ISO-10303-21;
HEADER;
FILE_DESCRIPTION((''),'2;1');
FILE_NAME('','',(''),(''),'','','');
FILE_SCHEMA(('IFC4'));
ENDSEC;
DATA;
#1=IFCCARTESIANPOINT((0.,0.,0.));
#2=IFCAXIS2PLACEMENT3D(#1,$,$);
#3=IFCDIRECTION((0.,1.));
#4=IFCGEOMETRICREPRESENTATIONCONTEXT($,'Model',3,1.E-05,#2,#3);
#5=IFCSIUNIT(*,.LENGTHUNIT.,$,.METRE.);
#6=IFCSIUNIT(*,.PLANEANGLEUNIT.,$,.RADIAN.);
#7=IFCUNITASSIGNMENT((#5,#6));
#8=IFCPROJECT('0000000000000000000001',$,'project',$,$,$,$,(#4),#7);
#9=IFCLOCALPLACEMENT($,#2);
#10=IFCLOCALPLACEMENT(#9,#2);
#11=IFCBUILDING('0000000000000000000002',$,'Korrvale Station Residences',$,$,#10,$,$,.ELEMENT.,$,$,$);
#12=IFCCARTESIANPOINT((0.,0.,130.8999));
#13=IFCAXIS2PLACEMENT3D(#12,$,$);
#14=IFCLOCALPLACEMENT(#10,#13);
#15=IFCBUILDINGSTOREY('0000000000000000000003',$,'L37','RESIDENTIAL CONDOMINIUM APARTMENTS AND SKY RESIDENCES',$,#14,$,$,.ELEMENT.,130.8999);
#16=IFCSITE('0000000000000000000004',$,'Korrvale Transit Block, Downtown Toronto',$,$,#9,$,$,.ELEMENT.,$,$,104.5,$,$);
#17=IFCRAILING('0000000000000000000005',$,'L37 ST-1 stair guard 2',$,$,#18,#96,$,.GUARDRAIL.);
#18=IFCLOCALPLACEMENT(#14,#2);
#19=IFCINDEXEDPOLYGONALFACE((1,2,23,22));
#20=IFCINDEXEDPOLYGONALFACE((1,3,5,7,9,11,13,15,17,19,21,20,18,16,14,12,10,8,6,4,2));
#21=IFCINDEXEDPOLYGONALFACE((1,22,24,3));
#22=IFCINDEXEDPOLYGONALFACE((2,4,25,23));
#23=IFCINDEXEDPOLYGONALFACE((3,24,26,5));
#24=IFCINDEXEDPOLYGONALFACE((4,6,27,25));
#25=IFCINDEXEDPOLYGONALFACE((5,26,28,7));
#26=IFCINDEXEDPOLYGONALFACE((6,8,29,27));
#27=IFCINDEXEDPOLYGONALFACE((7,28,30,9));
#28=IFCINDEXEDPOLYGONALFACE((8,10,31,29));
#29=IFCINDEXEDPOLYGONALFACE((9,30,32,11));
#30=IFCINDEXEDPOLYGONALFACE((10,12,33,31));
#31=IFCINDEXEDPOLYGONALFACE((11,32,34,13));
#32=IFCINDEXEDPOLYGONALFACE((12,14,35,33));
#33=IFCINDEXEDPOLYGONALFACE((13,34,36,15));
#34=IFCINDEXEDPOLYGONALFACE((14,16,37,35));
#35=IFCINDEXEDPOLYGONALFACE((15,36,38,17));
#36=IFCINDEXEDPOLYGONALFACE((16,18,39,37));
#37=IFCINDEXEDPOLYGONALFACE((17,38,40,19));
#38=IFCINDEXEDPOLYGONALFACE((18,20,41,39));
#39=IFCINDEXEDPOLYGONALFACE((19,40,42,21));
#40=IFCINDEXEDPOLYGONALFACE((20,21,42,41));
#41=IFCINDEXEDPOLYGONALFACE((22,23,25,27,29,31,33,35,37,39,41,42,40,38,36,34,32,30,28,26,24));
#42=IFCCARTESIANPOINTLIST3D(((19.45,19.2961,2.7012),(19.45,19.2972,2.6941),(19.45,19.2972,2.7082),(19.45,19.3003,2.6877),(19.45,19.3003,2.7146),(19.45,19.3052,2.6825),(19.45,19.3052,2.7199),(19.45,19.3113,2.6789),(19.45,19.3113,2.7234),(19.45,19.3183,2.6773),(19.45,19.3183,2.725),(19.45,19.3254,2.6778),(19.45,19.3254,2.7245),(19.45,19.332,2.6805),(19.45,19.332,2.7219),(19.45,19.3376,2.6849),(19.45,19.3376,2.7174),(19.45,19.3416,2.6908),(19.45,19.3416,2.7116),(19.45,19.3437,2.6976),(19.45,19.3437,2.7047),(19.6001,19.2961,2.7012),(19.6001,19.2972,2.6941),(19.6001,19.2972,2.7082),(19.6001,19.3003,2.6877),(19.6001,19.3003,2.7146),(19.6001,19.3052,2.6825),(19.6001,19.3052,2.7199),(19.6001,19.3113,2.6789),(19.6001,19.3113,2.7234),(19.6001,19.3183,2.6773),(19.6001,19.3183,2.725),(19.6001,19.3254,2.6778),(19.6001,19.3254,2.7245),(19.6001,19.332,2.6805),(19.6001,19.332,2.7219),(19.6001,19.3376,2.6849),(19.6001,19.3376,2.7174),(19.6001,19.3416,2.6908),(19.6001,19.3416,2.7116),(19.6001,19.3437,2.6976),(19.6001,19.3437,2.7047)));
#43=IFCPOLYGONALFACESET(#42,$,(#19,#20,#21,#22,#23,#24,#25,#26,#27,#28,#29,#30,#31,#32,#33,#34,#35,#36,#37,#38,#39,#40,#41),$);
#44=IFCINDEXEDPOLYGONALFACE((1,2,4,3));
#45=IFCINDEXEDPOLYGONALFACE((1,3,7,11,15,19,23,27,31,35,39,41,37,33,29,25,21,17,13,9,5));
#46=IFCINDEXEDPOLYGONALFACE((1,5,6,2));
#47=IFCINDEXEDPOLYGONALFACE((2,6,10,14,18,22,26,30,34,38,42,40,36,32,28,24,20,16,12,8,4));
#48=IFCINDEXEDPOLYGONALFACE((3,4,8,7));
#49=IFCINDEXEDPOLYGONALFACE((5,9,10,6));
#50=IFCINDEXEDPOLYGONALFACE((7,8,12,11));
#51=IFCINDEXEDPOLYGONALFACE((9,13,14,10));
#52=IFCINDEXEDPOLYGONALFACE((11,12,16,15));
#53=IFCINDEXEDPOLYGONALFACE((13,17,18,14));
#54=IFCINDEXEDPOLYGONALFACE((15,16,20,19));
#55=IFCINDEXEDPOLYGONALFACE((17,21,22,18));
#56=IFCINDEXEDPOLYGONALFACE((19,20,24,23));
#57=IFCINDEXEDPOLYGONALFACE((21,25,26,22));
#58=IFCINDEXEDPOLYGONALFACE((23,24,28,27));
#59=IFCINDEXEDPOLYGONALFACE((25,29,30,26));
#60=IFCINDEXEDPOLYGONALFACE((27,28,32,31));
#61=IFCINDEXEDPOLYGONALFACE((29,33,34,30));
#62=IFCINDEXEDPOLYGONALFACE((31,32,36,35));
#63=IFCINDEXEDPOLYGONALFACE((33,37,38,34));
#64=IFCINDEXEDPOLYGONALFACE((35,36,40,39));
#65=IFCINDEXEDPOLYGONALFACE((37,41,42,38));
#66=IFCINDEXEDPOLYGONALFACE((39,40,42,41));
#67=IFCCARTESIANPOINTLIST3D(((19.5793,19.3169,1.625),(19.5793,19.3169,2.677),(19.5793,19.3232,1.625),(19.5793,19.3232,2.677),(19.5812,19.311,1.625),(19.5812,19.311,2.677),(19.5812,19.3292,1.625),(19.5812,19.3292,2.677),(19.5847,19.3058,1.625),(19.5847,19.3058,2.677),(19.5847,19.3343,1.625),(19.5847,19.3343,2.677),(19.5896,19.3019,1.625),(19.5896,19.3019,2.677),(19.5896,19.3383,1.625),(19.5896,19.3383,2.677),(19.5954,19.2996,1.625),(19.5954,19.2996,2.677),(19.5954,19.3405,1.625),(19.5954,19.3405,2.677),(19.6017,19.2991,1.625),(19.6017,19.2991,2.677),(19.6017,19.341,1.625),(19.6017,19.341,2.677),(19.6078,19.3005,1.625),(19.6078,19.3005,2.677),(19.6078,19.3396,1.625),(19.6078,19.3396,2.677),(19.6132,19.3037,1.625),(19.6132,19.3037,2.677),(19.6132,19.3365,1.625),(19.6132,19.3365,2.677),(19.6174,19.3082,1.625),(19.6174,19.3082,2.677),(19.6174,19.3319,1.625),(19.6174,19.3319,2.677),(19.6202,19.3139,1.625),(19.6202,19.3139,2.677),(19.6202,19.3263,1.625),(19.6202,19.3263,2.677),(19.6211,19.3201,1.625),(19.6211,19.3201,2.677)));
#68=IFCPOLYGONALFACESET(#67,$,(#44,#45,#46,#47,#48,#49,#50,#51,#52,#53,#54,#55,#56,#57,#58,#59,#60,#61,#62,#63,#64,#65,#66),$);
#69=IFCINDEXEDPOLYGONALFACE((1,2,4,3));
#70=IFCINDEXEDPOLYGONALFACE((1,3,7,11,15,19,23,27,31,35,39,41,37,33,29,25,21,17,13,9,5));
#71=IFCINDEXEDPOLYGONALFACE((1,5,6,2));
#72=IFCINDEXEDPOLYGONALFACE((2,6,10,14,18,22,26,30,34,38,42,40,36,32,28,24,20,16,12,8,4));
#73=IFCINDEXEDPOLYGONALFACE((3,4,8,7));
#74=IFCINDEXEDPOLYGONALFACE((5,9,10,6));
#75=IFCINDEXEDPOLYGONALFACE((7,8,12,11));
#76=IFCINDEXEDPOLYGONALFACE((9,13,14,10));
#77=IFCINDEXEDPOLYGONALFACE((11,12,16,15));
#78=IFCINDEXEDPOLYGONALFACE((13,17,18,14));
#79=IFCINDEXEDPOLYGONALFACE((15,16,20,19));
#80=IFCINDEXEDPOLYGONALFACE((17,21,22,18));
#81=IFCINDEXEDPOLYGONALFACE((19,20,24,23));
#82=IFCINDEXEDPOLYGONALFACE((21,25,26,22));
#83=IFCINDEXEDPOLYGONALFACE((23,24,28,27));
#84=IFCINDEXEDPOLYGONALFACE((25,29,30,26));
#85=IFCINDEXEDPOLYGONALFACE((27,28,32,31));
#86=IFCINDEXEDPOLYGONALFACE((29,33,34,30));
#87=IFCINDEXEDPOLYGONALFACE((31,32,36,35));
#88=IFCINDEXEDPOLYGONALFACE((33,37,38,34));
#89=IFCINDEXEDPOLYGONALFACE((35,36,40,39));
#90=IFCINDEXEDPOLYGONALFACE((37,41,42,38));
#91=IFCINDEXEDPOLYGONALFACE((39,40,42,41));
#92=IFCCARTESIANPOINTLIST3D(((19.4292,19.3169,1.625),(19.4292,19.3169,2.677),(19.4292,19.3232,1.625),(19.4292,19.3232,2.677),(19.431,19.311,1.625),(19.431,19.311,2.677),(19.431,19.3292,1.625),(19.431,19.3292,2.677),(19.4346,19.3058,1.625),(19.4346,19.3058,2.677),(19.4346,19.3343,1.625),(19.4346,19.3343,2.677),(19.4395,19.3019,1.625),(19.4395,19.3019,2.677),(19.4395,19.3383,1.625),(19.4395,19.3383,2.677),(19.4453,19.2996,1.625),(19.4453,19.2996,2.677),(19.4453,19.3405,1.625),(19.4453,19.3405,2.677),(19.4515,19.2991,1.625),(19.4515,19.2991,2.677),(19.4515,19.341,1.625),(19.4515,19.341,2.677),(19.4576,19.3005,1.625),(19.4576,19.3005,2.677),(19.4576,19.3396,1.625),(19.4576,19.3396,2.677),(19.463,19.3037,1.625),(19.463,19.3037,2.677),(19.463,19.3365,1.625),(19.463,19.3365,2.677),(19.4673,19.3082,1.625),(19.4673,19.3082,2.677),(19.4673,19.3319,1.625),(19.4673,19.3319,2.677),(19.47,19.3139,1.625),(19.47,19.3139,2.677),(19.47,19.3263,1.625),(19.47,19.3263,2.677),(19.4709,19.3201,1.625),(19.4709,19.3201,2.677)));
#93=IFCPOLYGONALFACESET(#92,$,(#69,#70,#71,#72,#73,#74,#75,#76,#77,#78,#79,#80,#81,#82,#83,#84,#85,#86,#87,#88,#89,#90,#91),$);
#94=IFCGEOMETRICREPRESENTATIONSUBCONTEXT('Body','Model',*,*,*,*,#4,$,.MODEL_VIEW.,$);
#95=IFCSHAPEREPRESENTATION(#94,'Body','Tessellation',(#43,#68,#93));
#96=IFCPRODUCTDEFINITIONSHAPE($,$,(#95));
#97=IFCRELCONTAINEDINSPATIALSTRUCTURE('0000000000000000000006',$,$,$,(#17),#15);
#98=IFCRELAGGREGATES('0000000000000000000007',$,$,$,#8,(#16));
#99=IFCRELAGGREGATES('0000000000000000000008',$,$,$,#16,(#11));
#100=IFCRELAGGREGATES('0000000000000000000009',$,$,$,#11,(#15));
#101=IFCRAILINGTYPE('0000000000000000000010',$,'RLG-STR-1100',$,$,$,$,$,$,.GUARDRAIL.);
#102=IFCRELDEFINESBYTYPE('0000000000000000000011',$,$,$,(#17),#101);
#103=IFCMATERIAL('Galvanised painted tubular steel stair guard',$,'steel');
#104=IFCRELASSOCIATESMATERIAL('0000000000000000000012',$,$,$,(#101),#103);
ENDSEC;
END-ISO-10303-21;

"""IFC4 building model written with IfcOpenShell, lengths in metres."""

from ifc_helpers import new_model, si_unit, direction, frame, origin, origin_2d, place, context, subcontext, project, spatial, circle, extrude, material, type_object, element, save


model = new_model("IFC4")

# Units and contexts
model_context = context("Model", 3, precision=1e-05, world=origin(), true_north=direction((0.0, 1.0)))
body_context = subcontext(model_context, "Body", "Model", "MODEL_VIEW")
ifc_project = project(units=[si_unit("LENGTHUNIT", "METRE"), si_unit("PLANEANGLEUNIT", "RADIAN")], contexts=[model_context])

# Site, building, storey
site_placement = place(None, origin())
site = spatial("IfcSite", under=ifc_project, at=site_placement, Name="Korrvale Transit Block, Downtown Toronto", CompositionType="ELEMENT", RefElevation=104.5)
building_placement = place(site_placement, origin())
building = spatial("IfcBuilding", under=site, at=building_placement, Name="Korrvale Station Residences", CompositionType="ELEMENT")
storey_placement = place(building_placement, frame((0.0, 0.0, 130.8999)))
storey = spatial("IfcBuildingStorey", under=building, at=storey_placement, Name="L37", Description="RESIDENTIAL CONDOMINIUM APARTMENTS AND SKY RESIDENCES", CompositionType="ELEMENT", Elevation=130.8999)

# Railing
ifc_material_1 = material(Name="Galvanised painted tubular steel stair guard", Category="steel")
railing_type_1 = type_object("IfcRailingType", Name="RLG-STR-1100", PredefinedType="GUARDRAIL", material=ifc_material_1)
railing_1_placement = place(storey_placement, frame((19.6001, 19.3201, 1.625)))
element("IfcRailing", 1, at=railing_1_placement, inside=storey, type_object=railing_type_1, Name="L37 ST-1 stair guard 2", PredefinedType="GUARDRAIL", context=body_context, shape_type="SweptSolid", body=[
    extrude(circle(Radius=0.0239, at=origin_2d()), frame((0.0, 0.0, 1.0762), z_axis=(-1.0, 0.0, 0.0), x_axis=(0.0, -1.0, 0.0)), (0.0, 0.0, 1.0), 0.1501),
    extrude(circle(Radius=0.021, at=origin_2d()), origin(), (0.0, 0.0, 1.0), 1.052),
    extrude(circle(Radius=0.021, at=origin_2d()), frame((-0.1501, 0.0, 0.0)), (0.0, 0.0, 1.0), 1.052),
])

save(model, "model.ifc")
